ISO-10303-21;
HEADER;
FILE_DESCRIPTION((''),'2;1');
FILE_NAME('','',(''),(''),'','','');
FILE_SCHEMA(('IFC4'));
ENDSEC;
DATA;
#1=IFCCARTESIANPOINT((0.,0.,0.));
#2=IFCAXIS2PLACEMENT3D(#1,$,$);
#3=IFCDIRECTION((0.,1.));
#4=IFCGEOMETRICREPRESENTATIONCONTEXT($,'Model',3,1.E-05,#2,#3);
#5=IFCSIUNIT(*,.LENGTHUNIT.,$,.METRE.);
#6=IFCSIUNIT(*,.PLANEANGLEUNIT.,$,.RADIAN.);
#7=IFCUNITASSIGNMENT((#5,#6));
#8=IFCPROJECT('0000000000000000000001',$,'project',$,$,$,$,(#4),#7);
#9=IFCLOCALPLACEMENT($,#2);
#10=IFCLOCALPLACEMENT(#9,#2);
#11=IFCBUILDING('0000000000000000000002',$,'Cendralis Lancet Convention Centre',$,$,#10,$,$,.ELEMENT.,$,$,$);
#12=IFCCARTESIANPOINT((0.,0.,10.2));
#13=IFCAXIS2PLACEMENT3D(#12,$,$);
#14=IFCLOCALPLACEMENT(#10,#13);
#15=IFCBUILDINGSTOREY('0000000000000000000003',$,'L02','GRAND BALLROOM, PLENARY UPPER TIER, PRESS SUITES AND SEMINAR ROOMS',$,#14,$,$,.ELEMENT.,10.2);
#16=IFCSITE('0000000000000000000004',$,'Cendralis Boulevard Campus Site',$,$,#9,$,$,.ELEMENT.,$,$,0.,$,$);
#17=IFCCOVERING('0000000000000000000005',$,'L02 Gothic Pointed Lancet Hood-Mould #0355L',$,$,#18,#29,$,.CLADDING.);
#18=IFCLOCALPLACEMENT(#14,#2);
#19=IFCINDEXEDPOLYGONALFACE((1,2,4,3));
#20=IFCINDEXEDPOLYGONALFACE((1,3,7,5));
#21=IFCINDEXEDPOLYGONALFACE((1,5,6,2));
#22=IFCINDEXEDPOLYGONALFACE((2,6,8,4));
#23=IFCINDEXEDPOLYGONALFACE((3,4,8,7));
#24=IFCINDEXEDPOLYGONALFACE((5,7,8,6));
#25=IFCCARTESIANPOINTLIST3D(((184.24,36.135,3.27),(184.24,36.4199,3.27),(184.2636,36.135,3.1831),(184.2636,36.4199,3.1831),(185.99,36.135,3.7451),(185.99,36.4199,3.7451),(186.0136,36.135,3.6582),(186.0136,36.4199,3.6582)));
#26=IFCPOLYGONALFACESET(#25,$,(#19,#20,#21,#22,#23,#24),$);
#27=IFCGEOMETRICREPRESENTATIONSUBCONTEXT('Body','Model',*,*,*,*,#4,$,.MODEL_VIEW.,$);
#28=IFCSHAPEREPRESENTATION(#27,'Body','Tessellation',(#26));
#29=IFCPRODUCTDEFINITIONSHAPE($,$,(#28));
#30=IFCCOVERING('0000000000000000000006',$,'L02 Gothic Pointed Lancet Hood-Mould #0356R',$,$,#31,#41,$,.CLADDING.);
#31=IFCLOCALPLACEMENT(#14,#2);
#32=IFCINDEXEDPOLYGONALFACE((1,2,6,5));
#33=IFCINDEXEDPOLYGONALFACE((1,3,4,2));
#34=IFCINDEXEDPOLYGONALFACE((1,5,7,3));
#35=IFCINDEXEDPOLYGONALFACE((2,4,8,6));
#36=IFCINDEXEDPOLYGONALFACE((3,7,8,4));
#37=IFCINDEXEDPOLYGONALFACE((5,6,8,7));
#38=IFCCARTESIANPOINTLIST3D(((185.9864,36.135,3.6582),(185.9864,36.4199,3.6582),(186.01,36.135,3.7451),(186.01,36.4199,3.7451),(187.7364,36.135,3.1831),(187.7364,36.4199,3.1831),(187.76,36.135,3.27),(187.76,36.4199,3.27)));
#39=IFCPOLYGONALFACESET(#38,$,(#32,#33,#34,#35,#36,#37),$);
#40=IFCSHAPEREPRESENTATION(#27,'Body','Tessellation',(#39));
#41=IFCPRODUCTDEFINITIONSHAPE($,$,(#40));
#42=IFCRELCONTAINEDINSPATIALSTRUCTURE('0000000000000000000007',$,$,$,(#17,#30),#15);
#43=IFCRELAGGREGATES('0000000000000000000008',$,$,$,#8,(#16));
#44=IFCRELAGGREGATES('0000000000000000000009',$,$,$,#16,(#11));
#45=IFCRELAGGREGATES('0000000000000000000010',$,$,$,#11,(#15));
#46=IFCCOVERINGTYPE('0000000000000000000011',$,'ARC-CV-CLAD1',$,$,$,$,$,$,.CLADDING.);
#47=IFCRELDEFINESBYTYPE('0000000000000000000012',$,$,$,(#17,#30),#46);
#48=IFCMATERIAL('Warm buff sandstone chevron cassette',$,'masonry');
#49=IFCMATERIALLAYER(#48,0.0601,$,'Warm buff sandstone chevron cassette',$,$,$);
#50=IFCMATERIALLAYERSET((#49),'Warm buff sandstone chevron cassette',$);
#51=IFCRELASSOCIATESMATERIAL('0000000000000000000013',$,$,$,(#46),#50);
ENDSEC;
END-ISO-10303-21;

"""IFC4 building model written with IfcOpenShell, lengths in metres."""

from ifc_helpers import new_model, si_unit, direction, frame, origin, place, context, subcontext, project, spatial, polyline, outline, extrude, material, layer, layer_set, type_object, element, save


model = new_model("IFC4")

# Units and contexts
model_context = context("Model", 3, precision=1e-05, world=origin(), true_north=direction((0.0, 1.0)))
body_context = subcontext(model_context, "Body", "Model", "MODEL_VIEW")
ifc_project = project(units=[si_unit("LENGTHUNIT", "METRE"), si_unit("PLANEANGLEUNIT", "RADIAN")], contexts=[model_context])

# Site, building, storey
site_placement = place(None, origin())
site = spatial("IfcSite", under=ifc_project, at=site_placement, Name="Cendralis Boulevard Campus Site", CompositionType="ELEMENT", RefElevation=0.0)
building_placement = place(site_placement, origin())
building = spatial("IfcBuilding", under=site, at=building_placement, Name="Cendralis Lancet Convention Centre", CompositionType="ELEMENT")
storey_placement = place(building_placement, frame((0.0, 0.0, 10.2)))
storey = spatial("IfcBuildingStorey", under=building, at=storey_placement, Name="L02", Description="GRAND BALLROOM, PLENARY UPPER TIER, PRESS SUITES AND SEMINAR ROOMS", CompositionType="ELEMENT", Elevation=10.2)

# Coverings
ifc_material_1 = material(Name="Warm buff sandstone chevron cassette", Category="masonry")
ifc_layer_1 = layer(ifc_material_1, 0.0601, Name="Warm buff sandstone chevron cassette")
ifc_layer_set_1 = layer_set([ifc_layer_1], Name="Warm buff sandstone chevron cassette")
covering_type = type_object("IfcCoveringType", Name="ARC-CV-CLAD1", PredefinedType="CLADDING", material=ifc_layer_set_1)
for number, where, z_axis, x_axis, name in (
    (1, (184.24, 36.4199, 3.27), (-0.262001, 0.0, 0.965068), (0.0, -1.0, 0.0), "L02 Gothic Pointed Lancet Hood-Mould #0355L"),
    (2, (186.01, 36.4199, 3.7451), (0.262001, 0.0, 0.965068), (0.0, -1.0, 0.0), "L02 Gothic Pointed Lancet Hood-Mould #0356R"),
):
    element("IfcCovering", number, at=place(storey_placement, frame(where, z_axis=z_axis, x_axis=x_axis)), inside=storey, type_object=covering_type, Name=name, PredefinedType="CLADDING", context=body_context, shape_type="SweptSolid", body=[
        extrude(outline(polyline([(0.0, 0.0), (0.2849, 0.0), (0.2849, 1.8133), (0.0, 1.8133), (0.0, 0.0)])), origin(), (0.0, 0.0, -1.0), 0.0901),
    ])

save(model, "model.ifc")
